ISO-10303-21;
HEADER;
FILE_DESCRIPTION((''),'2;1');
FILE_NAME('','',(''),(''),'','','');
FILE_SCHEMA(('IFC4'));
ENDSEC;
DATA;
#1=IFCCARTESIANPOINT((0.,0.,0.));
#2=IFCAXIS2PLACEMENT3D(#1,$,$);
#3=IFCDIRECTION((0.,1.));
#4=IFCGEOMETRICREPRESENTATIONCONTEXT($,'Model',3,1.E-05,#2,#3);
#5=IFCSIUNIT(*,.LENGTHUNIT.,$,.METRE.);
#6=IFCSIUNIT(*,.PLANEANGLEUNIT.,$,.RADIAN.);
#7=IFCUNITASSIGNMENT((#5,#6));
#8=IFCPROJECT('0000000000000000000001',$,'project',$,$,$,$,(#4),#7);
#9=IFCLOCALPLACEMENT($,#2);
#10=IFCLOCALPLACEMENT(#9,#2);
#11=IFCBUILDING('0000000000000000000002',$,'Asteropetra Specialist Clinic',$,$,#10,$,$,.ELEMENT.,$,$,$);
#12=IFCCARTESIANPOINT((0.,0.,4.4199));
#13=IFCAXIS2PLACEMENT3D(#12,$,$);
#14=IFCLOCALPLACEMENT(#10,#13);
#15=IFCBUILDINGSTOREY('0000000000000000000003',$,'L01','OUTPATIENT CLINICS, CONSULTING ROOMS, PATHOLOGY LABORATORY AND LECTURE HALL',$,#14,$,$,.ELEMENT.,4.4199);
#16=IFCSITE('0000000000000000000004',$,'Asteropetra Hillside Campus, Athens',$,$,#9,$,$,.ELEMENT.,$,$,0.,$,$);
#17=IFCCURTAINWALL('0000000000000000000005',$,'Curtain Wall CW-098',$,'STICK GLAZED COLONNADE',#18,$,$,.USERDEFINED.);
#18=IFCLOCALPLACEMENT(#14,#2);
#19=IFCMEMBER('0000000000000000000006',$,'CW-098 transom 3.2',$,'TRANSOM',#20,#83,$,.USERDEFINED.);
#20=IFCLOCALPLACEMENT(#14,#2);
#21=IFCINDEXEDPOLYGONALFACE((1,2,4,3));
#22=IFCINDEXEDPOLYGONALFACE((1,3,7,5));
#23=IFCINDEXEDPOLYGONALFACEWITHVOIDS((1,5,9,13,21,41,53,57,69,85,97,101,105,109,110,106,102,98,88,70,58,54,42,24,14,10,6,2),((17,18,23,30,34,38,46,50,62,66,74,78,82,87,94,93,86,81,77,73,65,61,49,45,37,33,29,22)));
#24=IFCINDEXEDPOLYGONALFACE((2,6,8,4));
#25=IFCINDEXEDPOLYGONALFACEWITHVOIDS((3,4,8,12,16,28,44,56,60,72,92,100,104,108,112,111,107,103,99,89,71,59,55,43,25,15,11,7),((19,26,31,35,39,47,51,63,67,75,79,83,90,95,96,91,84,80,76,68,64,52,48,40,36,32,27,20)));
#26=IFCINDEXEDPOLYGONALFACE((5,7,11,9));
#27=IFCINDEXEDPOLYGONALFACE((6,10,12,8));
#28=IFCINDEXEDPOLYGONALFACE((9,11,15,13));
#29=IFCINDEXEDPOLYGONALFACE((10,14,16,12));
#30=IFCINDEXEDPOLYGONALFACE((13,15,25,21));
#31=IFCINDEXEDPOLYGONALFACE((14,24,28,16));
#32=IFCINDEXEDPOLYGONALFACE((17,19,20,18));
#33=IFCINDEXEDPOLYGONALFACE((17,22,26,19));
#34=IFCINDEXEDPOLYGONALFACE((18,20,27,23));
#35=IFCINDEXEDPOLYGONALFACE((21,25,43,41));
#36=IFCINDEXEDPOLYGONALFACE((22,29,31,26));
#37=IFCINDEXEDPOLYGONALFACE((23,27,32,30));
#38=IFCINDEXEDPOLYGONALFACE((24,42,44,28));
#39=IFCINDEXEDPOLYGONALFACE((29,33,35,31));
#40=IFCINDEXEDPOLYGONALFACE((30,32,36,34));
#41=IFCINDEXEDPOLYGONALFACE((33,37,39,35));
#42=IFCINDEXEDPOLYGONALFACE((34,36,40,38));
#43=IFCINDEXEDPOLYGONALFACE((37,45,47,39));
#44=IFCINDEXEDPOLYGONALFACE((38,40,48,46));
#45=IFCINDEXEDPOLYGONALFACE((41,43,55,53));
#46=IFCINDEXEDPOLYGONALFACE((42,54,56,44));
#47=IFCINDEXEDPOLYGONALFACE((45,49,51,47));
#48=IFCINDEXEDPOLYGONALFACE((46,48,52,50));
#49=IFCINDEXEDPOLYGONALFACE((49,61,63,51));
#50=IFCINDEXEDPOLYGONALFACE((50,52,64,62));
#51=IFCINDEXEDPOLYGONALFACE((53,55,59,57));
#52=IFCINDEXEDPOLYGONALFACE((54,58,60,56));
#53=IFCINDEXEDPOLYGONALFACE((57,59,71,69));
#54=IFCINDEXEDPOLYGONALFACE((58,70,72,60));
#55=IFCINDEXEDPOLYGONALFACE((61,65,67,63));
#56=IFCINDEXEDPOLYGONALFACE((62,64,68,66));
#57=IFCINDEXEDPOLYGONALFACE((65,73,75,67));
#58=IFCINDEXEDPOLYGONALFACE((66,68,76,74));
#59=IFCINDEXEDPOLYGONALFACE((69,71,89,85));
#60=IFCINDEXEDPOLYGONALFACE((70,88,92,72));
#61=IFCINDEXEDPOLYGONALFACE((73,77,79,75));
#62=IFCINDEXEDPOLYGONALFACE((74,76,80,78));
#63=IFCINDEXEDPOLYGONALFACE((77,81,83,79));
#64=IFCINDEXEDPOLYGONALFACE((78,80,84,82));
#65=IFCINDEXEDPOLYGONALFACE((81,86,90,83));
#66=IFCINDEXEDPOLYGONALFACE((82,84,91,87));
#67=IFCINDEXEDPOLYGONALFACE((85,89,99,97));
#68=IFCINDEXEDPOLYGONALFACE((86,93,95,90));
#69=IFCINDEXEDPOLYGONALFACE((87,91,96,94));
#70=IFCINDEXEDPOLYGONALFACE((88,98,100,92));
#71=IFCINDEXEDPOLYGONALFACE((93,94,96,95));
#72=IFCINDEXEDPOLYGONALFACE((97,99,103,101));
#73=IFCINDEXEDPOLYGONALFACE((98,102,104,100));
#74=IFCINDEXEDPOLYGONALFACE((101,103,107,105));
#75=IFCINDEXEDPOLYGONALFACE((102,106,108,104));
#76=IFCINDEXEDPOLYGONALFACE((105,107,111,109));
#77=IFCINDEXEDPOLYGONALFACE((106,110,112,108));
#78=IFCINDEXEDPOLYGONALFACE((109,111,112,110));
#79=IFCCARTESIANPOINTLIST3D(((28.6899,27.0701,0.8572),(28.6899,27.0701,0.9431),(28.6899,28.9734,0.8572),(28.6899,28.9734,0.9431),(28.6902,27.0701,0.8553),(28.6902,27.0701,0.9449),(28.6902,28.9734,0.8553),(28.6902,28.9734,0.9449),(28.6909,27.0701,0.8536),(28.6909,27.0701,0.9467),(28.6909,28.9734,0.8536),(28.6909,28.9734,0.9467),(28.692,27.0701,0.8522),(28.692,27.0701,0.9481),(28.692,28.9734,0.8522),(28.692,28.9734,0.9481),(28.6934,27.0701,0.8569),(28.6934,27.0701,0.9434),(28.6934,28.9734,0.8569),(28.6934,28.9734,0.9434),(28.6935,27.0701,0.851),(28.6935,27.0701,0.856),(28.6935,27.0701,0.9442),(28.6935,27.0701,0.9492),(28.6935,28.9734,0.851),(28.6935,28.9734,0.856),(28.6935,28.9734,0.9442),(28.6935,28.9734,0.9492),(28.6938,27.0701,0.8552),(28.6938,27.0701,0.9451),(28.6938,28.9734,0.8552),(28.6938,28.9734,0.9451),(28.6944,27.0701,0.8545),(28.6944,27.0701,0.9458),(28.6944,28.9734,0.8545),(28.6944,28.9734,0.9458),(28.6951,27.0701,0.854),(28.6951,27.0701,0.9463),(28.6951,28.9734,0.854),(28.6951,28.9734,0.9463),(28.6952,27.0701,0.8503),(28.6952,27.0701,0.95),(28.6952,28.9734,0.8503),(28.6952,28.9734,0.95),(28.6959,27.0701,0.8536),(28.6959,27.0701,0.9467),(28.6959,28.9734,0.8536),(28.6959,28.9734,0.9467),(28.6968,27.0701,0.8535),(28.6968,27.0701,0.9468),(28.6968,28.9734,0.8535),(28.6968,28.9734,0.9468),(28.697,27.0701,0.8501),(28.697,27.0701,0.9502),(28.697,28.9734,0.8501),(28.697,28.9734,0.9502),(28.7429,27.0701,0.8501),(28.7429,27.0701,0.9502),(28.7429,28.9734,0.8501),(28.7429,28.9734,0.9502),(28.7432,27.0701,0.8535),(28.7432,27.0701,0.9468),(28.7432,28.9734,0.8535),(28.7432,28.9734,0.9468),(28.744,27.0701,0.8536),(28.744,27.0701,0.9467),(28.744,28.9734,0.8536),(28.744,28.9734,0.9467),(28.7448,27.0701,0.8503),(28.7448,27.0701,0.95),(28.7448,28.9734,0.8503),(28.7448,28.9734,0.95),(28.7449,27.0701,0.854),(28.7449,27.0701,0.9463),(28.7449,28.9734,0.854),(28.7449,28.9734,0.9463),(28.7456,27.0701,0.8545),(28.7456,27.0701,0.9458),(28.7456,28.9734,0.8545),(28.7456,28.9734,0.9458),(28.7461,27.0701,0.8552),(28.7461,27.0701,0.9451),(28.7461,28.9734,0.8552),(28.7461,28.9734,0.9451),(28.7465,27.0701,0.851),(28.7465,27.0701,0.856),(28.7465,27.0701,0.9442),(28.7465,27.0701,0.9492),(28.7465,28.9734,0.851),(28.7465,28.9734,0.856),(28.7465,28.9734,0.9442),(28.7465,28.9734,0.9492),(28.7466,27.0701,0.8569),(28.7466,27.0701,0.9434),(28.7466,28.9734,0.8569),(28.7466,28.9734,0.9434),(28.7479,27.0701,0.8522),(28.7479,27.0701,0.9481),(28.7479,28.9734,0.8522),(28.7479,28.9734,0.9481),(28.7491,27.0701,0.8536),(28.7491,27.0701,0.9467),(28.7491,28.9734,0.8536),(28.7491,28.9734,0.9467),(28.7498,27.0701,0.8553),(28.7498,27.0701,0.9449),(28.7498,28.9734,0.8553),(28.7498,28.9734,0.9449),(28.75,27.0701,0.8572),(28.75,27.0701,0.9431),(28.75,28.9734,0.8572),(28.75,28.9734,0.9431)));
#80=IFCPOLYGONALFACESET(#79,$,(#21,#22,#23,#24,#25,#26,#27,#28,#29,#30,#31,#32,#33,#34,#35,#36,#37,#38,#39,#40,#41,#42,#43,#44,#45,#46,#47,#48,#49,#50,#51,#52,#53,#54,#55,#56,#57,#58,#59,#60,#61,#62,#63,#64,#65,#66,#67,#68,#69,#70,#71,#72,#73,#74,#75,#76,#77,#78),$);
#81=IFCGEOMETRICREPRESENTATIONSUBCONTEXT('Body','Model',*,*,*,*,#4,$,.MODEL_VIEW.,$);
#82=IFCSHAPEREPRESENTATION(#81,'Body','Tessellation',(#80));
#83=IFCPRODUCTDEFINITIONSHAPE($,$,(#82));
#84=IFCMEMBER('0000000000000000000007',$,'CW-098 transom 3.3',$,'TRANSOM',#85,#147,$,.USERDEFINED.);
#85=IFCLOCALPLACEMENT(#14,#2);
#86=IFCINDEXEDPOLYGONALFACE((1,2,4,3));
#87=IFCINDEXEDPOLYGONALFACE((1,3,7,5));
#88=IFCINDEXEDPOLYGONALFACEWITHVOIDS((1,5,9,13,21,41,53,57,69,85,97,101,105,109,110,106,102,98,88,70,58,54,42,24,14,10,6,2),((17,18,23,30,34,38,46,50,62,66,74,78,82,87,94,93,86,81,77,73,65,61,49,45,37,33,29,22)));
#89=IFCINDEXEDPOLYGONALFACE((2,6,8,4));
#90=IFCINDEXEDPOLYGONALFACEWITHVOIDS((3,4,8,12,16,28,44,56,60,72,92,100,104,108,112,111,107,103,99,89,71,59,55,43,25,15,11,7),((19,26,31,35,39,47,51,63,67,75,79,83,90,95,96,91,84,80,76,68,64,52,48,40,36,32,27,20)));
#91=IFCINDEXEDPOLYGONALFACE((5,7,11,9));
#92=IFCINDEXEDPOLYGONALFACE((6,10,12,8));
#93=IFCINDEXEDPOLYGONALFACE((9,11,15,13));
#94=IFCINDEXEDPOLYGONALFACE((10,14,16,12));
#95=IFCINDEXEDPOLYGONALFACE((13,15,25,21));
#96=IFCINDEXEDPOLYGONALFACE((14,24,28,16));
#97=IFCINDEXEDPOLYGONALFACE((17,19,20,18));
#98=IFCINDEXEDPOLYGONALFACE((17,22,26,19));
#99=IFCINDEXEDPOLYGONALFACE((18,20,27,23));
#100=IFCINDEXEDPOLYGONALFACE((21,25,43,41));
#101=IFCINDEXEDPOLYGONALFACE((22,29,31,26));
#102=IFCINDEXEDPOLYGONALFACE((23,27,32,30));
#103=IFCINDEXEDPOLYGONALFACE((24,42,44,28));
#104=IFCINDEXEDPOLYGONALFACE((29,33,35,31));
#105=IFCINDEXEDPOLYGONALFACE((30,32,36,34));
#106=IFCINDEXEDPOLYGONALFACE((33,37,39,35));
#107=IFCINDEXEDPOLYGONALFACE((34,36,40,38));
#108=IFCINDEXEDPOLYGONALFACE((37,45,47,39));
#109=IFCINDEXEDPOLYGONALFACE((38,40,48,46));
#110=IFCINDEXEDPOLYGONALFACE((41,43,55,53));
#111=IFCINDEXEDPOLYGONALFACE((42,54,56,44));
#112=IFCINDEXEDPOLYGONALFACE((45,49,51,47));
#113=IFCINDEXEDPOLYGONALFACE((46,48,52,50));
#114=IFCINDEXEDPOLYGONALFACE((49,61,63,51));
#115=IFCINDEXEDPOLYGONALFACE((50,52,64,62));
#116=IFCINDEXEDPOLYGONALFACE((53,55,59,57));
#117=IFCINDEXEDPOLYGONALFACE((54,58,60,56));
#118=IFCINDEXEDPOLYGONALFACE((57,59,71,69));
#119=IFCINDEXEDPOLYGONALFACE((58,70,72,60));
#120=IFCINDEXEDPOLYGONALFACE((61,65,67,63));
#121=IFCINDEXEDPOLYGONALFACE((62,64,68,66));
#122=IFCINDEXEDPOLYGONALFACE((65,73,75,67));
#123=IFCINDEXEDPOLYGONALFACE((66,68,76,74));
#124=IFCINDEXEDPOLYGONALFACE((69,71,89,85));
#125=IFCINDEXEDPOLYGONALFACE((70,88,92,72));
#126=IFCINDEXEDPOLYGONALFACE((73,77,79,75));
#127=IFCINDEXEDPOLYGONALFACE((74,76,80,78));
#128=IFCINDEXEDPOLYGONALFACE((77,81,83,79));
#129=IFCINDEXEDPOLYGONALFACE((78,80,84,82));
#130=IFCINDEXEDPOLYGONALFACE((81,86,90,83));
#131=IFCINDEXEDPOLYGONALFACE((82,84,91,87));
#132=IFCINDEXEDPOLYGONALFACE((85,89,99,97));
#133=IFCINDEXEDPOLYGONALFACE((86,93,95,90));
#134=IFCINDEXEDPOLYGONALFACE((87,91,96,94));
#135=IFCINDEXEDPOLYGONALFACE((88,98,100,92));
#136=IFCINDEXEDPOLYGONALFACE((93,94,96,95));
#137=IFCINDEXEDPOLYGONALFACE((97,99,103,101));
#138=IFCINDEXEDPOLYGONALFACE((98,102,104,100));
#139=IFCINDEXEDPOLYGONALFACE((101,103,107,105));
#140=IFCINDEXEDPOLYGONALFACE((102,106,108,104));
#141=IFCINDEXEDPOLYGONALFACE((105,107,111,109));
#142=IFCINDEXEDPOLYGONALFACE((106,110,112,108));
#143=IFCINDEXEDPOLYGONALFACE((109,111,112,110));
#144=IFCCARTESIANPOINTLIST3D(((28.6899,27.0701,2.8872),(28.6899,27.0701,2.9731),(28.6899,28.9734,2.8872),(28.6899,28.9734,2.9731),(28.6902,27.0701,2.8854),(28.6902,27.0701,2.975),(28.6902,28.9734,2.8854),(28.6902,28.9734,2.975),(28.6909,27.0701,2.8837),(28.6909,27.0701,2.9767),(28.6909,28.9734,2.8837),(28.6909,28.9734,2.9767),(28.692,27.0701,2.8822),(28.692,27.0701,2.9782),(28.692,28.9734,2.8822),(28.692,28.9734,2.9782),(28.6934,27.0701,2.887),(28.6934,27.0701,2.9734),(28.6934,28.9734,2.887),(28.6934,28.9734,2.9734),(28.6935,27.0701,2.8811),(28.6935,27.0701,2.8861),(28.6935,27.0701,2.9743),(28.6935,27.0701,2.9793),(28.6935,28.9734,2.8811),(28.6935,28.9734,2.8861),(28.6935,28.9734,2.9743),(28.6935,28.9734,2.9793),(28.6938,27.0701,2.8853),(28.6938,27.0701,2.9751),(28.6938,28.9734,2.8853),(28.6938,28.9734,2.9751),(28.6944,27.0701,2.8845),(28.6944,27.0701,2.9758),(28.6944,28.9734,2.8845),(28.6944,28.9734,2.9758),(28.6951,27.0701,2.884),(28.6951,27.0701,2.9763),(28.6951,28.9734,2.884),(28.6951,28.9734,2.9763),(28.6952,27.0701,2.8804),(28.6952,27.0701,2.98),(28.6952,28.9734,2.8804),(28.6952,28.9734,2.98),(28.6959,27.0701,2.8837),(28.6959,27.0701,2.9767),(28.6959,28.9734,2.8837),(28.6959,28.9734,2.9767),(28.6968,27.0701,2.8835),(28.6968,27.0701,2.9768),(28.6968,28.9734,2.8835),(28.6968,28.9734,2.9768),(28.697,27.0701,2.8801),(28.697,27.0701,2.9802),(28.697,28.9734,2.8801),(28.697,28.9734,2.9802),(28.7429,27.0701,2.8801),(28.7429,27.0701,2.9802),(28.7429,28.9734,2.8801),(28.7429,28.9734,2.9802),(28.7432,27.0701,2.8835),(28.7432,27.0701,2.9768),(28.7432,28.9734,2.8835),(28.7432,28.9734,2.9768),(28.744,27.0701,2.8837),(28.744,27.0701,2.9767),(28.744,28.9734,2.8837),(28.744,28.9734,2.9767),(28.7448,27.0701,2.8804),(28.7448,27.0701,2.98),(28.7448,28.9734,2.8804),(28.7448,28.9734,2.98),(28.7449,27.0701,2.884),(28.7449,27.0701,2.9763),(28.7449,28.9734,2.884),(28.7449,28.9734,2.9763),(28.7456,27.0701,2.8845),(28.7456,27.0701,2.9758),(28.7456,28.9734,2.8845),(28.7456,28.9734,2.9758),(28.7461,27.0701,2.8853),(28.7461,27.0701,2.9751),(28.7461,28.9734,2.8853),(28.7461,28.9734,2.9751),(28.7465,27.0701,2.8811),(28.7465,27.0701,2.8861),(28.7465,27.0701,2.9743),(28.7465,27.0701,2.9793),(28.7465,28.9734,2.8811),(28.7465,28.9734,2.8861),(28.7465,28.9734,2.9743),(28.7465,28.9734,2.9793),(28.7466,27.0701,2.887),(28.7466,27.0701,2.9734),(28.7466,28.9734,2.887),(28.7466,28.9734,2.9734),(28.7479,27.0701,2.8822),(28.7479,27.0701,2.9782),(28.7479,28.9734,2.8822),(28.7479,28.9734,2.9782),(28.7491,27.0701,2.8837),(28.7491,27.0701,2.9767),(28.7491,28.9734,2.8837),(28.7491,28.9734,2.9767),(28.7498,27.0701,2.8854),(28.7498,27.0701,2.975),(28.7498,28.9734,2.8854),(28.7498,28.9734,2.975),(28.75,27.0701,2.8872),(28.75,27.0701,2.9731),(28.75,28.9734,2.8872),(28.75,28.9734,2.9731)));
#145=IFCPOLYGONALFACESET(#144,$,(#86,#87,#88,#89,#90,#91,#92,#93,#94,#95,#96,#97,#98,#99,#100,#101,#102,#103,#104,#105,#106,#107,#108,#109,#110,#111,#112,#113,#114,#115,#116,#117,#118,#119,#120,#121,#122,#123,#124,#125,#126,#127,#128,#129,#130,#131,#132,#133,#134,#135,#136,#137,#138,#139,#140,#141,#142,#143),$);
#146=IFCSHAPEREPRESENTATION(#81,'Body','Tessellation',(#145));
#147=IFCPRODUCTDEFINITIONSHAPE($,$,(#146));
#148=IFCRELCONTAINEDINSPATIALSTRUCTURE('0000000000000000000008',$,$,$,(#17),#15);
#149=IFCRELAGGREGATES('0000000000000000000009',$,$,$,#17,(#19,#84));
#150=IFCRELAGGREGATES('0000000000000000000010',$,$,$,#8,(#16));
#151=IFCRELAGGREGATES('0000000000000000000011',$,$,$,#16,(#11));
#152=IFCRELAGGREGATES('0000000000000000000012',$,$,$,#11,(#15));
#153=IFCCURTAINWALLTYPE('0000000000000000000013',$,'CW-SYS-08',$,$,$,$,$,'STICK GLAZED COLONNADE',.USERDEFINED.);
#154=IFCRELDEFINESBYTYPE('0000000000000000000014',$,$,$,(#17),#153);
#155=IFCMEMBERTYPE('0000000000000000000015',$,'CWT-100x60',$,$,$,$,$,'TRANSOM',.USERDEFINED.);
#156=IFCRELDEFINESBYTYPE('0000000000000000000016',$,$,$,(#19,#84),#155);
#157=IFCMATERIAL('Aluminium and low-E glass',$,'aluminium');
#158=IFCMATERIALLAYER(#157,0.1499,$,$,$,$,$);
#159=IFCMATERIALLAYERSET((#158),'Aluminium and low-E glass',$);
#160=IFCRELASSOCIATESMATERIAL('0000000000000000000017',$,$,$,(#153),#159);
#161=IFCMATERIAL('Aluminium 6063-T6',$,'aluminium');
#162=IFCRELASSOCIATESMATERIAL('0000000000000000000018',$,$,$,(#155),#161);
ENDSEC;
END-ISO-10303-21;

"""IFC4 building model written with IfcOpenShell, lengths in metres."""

from ifc_helpers import new_model, si_unit, direction, frame, origin, origin_2d, place, context, subcontext, project, spatial, hollow_rectangle, extrude, material, layer, layer_set, material_profile, profile_set, type_object, element, aggregate, save


model = new_model("IFC4")

# Units and contexts
model_context = context("Model", 3, precision=1e-05, world=origin(), true_north=direction((0.0, 1.0)))
body_context = subcontext(model_context, "Body", "Model", "MODEL_VIEW")
ifc_project = project(units=[si_unit("LENGTHUNIT", "METRE"), si_unit("PLANEANGLEUNIT", "RADIAN")], contexts=[model_context])

# Site, building, storey
site_placement = place(None, origin())
site = spatial("IfcSite", under=ifc_project, at=site_placement, Name="Asteropetra Hillside Campus, Athens", CompositionType="ELEMENT", RefElevation=0.0)
building_placement = place(site_placement, origin())
building = spatial("IfcBuilding", under=site, at=building_placement, Name="Asteropetra Specialist Clinic", CompositionType="ELEMENT")
storey_placement = place(building_placement, frame((0.0, 0.0, 4.4199)))
storey = spatial("IfcBuildingStorey", under=building, at=storey_placement, Name="L01", Description="OUTPATIENT CLINICS, CONSULTING ROOMS, PATHOLOGY LABORATORY AND LECTURE HALL", CompositionType="ELEMENT", Elevation=4.4199)

# Curtain wall, members
ifc_material_1 = material(Name="Aluminium and low-E glass", Category="aluminium")
ifc_layer_1 = layer(ifc_material_1, 0.1499)
ifc_layer_set_1 = layer_set([ifc_layer_1], Name="Aluminium and low-E glass")
curtain_wall_type = type_object("IfcCurtainWallType", Name="CW-SYS-08", ElementType="STICK GLAZED COLONNADE", PredefinedType="USERDEFINED", material=ifc_layer_set_1)
curtain_wall_placement = place(storey_placement, origin())
curtain_wall = element("IfcCurtainWall", 1, at=curtain_wall_placement, inside=storey, type_object=curtain_wall_type, Name="Curtain Wall CW-098", ObjectType="STICK GLAZED COLONNADE", PredefinedType="USERDEFINED")
ifc_material_2 = material(Name="Aluminium 6063-T6", Category="aluminium")
ifc_material_profile_1 = material_profile(ifc_material_2, hollow_rectangle(XDim=0.0601, YDim=0.1001, WallThickness=0.0034, InnerFilletRadius=0.0034, OuterFilletRadius=0.0071, at=origin_2d()), Name="TRN 100x60x3.5")
ifc_profile_set_1 = profile_set([ifc_material_profile_1], Name="Aluminium 6063-T6")
member_type_1 = type_object("IfcMemberType", Name="CWT-100x60", ElementType="TRANSOM", PredefinedType="USERDEFINED", material=ifc_profile_set_1)
member_1_placement = place(storey_placement, frame((28.72, 28.9734, 0.9001), z_axis=(0.0, -1.0, 0.0), x_axis=(1.0, 0.0, 0.0)))
member_1 = element("IfcMember", 2, at=member_1_placement, type_object=member_type_1, Name="CW-098 transom 3.2", ObjectType="TRANSOM", PredefinedType="USERDEFINED", context=body_context, shape_type="SweptSolid", body=[
    extrude(hollow_rectangle(XDim=0.0601, YDim=0.1001, WallThickness=0.0034, InnerFilletRadius=0.0034, OuterFilletRadius=0.0071, at=origin_2d()), origin(), (0.0, 0.0, 1.0), 1.9033),
])
member_2_placement = place(storey_placement, frame((28.72, 28.9734, 2.9302), z_axis=(0.0, -1.0, 0.0), x_axis=(1.0, 0.0, 0.0)))
member_2 = element("IfcMember", 3, at=member_2_placement, type_object=member_type_1, Name="CW-098 transom 3.3", ObjectType="TRANSOM", PredefinedType="USERDEFINED", context=body_context, shape_type="SweptSolid", body=[
    extrude(hollow_rectangle(XDim=0.0601, YDim=0.1001, WallThickness=0.0034, InnerFilletRadius=0.0034, OuterFilletRadius=0.0071, at=origin_2d()), origin(), (0.0, 0.0, 1.0), 1.9033),
])

aggregate(curtain_wall, [member_1, member_2])

save(model, "model.ifc")
